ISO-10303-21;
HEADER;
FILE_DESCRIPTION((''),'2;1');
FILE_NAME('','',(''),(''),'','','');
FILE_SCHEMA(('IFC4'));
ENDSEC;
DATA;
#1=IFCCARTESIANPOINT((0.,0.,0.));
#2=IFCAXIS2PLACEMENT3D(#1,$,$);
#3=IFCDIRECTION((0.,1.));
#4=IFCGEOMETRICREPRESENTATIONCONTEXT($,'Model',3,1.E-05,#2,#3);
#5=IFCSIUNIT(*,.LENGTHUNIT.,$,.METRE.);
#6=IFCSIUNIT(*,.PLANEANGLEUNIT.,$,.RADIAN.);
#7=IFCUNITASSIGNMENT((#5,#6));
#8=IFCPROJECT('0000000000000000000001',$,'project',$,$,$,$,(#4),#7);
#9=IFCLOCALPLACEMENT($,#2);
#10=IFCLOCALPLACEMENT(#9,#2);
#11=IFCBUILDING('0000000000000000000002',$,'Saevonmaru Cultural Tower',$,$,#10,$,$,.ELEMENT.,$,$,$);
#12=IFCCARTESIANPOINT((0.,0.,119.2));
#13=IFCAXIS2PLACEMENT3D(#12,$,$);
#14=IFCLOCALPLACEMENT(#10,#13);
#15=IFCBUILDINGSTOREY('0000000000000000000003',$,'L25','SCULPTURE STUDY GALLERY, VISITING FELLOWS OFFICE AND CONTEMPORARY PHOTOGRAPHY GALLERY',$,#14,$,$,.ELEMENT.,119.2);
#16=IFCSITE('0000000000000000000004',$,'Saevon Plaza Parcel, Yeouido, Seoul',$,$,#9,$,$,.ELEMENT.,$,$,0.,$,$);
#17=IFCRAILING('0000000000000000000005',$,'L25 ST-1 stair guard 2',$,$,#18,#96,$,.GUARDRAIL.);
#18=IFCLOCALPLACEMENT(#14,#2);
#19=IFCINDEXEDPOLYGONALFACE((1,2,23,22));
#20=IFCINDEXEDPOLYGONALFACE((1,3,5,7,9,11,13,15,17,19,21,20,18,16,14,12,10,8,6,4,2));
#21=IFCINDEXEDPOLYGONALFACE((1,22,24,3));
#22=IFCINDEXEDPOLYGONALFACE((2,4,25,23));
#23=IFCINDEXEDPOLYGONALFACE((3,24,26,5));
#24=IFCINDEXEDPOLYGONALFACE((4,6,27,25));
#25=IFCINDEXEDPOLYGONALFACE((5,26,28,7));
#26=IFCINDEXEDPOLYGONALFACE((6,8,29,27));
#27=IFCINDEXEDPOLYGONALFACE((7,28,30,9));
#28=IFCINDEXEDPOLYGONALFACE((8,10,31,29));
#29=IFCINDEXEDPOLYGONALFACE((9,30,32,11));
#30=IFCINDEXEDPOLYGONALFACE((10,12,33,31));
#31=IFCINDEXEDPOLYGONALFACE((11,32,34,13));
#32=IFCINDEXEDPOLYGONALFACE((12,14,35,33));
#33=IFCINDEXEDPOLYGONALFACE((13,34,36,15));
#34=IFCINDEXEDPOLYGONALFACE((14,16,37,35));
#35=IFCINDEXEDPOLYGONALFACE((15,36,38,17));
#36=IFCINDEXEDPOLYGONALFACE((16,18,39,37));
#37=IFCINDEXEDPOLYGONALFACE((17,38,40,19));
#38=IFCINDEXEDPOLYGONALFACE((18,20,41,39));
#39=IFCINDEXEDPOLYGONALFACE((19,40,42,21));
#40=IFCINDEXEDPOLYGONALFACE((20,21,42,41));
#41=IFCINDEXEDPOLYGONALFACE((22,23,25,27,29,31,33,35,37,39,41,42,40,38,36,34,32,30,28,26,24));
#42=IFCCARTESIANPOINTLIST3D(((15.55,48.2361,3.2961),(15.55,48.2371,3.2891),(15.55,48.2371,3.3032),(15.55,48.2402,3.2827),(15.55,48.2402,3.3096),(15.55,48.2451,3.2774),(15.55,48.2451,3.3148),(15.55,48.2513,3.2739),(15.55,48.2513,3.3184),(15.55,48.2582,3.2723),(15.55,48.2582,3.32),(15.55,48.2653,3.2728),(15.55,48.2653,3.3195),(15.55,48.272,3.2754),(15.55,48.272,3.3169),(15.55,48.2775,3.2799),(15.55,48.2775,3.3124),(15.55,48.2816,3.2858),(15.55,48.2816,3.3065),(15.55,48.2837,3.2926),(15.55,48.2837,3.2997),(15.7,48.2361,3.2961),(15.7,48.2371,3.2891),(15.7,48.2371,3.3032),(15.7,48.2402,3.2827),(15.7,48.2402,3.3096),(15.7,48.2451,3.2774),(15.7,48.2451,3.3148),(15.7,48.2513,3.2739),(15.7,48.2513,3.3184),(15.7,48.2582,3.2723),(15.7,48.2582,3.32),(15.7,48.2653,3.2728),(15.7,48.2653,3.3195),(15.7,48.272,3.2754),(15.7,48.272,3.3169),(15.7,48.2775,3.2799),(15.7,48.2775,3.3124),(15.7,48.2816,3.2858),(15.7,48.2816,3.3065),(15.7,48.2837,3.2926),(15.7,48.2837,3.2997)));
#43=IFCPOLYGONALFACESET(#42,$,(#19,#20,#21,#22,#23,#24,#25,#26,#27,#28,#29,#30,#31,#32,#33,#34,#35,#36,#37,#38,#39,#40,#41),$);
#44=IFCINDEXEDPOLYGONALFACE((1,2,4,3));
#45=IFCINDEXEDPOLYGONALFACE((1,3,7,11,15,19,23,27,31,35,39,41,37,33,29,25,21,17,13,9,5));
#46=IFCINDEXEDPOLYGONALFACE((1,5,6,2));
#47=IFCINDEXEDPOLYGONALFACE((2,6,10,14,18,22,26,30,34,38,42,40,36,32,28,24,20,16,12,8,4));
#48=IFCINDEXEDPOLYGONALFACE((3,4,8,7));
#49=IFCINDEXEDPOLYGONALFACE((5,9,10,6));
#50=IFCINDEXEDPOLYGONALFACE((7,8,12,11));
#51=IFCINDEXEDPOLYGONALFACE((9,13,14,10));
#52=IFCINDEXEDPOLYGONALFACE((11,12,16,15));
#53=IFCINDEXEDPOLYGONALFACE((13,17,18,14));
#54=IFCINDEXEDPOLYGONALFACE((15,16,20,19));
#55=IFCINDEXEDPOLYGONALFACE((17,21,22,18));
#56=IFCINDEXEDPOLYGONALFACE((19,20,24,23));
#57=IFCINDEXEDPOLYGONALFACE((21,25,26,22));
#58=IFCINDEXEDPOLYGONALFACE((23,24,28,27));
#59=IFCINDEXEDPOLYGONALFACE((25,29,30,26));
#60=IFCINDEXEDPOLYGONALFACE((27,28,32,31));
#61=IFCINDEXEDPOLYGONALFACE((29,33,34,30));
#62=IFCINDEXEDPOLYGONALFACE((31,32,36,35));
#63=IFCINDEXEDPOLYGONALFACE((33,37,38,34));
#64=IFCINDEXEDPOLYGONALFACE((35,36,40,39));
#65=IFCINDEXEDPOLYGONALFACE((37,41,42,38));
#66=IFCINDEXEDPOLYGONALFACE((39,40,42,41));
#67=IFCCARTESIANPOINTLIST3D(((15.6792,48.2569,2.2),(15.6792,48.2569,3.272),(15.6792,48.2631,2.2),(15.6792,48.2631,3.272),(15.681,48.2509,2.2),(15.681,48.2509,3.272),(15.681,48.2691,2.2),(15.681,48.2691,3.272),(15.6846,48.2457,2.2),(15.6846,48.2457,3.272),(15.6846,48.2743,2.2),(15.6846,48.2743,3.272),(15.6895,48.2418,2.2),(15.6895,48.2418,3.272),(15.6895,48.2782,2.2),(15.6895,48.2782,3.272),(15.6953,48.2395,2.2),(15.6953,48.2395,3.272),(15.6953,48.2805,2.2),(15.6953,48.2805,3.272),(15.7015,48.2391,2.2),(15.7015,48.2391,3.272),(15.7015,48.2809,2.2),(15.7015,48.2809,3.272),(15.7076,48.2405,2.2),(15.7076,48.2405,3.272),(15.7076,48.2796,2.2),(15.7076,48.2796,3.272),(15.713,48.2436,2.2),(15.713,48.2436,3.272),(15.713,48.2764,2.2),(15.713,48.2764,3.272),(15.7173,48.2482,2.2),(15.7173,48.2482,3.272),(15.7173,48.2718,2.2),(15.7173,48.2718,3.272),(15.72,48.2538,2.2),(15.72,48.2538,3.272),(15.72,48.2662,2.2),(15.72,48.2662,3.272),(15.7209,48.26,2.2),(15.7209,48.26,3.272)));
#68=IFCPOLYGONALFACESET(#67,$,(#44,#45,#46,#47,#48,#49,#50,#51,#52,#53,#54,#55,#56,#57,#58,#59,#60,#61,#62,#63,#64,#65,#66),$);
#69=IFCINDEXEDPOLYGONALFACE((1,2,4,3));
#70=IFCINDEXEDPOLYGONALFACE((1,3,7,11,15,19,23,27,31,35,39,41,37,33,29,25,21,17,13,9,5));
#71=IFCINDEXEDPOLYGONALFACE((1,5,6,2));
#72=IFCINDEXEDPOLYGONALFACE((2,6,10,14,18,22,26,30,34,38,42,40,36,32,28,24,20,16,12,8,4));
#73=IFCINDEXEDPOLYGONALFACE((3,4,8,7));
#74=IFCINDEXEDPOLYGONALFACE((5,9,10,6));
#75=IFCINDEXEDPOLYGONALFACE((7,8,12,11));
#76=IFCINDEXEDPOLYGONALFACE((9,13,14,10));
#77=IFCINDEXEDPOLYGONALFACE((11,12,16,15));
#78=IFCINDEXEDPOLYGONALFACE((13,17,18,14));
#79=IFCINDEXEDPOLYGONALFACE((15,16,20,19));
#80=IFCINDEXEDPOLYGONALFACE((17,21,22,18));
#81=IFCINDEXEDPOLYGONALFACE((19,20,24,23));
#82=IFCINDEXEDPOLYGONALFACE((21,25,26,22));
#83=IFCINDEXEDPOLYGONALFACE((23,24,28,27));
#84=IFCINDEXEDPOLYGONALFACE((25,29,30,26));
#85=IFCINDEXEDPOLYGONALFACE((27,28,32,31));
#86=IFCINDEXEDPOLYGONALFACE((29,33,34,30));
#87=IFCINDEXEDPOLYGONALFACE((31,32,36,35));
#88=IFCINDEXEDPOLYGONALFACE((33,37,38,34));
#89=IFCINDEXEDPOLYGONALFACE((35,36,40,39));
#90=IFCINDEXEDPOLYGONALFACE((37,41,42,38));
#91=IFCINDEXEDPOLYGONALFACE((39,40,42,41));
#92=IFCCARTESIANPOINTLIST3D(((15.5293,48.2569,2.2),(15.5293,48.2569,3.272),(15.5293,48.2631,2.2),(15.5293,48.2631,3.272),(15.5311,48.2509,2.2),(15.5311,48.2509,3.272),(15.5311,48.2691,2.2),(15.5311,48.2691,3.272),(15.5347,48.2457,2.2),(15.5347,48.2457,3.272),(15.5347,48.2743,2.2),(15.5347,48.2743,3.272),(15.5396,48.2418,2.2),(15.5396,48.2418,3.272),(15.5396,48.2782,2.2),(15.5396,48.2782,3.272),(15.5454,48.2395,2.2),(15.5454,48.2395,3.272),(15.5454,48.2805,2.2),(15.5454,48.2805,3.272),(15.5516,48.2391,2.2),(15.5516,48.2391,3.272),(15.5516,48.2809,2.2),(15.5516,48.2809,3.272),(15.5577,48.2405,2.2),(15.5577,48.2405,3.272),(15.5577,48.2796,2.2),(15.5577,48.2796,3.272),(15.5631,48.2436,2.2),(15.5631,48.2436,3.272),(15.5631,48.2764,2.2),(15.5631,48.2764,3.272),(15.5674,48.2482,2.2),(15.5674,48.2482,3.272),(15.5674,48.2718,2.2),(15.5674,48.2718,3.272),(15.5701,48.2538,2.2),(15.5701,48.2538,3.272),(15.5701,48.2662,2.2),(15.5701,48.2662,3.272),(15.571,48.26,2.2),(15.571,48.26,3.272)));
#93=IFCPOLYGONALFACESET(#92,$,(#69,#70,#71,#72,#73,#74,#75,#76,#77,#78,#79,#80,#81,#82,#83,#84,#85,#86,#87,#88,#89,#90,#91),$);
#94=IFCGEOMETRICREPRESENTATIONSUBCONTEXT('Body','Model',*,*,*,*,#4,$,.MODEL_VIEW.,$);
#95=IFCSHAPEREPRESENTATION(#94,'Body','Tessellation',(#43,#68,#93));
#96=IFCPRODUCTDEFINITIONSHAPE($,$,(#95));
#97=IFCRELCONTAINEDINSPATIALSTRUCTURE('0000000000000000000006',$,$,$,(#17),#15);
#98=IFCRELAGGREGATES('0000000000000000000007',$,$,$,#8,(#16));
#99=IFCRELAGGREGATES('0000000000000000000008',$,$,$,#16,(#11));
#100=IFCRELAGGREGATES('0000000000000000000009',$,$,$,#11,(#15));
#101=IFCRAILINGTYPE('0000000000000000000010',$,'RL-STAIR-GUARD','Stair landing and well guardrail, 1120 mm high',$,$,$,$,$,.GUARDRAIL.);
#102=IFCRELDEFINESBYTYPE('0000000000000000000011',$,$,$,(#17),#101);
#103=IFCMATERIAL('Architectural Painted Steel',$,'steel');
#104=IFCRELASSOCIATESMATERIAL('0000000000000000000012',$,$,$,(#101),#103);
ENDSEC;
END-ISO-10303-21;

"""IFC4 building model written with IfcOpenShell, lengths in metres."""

from ifc_helpers import new_model, si_unit, direction, frame, origin, origin_2d, place, context, subcontext, project, spatial, circle, extrude, material, type_object, element, save


model = new_model("IFC4")

# Units and contexts
model_context = context("Model", 3, precision=1e-05, world=origin(), true_north=direction((0.0, 1.0)))
body_context = subcontext(model_context, "Body", "Model", "MODEL_VIEW")
ifc_project = project(units=[si_unit("LENGTHUNIT", "METRE"), si_unit("PLANEANGLEUNIT", "RADIAN")], contexts=[model_context])

# Site, building, storey
site_placement = place(None, origin())
site = spatial("IfcSite", under=ifc_project, at=site_placement, Name="Saevon Plaza Parcel, Yeouido, Seoul", CompositionType="ELEMENT", RefElevation=0.0)
building_placement = place(site_placement, origin())
building = spatial("IfcBuilding", under=site, at=building_placement, Name="Saevonmaru Cultural Tower", CompositionType="ELEMENT")
storey_placement = place(building_placement, frame((0.0, 0.0, 119.2)))
storey = spatial("IfcBuildingStorey", under=building, at=storey_placement, Name="L25", Description="SCULPTURE STUDY GALLERY, VISITING FELLOWS OFFICE AND CONTEMPORARY PHOTOGRAPHY GALLERY", CompositionType="ELEMENT", Elevation=119.2)

# Railing
ifc_material_1 = material(Name="Architectural Painted Steel", Category="steel")
railing_type_1 = type_object("IfcRailingType", Name="RL-STAIR-GUARD", Description="Stair landing and well guardrail, 1120 mm high", PredefinedType="GUARDRAIL", material=ifc_material_1)
railing_1_placement = place(storey_placement, frame((15.7, 48.26, 2.2)))
element("IfcRailing", 1, at=railing_1_placement, inside=storey, type_object=railing_type_1, Name="L25 ST-1 stair guard 2", PredefinedType="GUARDRAIL", context=body_context, shape_type="SweptSolid", body=[
    extrude(circle(Radius=0.0239, at=origin_2d()), frame((0.0, 0.0, 1.0962), z_axis=(-1.0, 0.0, 0.0), x_axis=(0.0, -1.0, 0.0)), (0.0, 0.0, 1.0), 0.1499),
    extrude(circle(Radius=0.021, at=origin_2d()), origin(), (0.0, 0.0, 1.0), 1.072),
    extrude(circle(Radius=0.021, at=origin_2d()), frame((-0.1499, 0.0, 0.0)), (0.0, 0.0, 1.0), 1.072),
])

save(model, "model.ifc")
